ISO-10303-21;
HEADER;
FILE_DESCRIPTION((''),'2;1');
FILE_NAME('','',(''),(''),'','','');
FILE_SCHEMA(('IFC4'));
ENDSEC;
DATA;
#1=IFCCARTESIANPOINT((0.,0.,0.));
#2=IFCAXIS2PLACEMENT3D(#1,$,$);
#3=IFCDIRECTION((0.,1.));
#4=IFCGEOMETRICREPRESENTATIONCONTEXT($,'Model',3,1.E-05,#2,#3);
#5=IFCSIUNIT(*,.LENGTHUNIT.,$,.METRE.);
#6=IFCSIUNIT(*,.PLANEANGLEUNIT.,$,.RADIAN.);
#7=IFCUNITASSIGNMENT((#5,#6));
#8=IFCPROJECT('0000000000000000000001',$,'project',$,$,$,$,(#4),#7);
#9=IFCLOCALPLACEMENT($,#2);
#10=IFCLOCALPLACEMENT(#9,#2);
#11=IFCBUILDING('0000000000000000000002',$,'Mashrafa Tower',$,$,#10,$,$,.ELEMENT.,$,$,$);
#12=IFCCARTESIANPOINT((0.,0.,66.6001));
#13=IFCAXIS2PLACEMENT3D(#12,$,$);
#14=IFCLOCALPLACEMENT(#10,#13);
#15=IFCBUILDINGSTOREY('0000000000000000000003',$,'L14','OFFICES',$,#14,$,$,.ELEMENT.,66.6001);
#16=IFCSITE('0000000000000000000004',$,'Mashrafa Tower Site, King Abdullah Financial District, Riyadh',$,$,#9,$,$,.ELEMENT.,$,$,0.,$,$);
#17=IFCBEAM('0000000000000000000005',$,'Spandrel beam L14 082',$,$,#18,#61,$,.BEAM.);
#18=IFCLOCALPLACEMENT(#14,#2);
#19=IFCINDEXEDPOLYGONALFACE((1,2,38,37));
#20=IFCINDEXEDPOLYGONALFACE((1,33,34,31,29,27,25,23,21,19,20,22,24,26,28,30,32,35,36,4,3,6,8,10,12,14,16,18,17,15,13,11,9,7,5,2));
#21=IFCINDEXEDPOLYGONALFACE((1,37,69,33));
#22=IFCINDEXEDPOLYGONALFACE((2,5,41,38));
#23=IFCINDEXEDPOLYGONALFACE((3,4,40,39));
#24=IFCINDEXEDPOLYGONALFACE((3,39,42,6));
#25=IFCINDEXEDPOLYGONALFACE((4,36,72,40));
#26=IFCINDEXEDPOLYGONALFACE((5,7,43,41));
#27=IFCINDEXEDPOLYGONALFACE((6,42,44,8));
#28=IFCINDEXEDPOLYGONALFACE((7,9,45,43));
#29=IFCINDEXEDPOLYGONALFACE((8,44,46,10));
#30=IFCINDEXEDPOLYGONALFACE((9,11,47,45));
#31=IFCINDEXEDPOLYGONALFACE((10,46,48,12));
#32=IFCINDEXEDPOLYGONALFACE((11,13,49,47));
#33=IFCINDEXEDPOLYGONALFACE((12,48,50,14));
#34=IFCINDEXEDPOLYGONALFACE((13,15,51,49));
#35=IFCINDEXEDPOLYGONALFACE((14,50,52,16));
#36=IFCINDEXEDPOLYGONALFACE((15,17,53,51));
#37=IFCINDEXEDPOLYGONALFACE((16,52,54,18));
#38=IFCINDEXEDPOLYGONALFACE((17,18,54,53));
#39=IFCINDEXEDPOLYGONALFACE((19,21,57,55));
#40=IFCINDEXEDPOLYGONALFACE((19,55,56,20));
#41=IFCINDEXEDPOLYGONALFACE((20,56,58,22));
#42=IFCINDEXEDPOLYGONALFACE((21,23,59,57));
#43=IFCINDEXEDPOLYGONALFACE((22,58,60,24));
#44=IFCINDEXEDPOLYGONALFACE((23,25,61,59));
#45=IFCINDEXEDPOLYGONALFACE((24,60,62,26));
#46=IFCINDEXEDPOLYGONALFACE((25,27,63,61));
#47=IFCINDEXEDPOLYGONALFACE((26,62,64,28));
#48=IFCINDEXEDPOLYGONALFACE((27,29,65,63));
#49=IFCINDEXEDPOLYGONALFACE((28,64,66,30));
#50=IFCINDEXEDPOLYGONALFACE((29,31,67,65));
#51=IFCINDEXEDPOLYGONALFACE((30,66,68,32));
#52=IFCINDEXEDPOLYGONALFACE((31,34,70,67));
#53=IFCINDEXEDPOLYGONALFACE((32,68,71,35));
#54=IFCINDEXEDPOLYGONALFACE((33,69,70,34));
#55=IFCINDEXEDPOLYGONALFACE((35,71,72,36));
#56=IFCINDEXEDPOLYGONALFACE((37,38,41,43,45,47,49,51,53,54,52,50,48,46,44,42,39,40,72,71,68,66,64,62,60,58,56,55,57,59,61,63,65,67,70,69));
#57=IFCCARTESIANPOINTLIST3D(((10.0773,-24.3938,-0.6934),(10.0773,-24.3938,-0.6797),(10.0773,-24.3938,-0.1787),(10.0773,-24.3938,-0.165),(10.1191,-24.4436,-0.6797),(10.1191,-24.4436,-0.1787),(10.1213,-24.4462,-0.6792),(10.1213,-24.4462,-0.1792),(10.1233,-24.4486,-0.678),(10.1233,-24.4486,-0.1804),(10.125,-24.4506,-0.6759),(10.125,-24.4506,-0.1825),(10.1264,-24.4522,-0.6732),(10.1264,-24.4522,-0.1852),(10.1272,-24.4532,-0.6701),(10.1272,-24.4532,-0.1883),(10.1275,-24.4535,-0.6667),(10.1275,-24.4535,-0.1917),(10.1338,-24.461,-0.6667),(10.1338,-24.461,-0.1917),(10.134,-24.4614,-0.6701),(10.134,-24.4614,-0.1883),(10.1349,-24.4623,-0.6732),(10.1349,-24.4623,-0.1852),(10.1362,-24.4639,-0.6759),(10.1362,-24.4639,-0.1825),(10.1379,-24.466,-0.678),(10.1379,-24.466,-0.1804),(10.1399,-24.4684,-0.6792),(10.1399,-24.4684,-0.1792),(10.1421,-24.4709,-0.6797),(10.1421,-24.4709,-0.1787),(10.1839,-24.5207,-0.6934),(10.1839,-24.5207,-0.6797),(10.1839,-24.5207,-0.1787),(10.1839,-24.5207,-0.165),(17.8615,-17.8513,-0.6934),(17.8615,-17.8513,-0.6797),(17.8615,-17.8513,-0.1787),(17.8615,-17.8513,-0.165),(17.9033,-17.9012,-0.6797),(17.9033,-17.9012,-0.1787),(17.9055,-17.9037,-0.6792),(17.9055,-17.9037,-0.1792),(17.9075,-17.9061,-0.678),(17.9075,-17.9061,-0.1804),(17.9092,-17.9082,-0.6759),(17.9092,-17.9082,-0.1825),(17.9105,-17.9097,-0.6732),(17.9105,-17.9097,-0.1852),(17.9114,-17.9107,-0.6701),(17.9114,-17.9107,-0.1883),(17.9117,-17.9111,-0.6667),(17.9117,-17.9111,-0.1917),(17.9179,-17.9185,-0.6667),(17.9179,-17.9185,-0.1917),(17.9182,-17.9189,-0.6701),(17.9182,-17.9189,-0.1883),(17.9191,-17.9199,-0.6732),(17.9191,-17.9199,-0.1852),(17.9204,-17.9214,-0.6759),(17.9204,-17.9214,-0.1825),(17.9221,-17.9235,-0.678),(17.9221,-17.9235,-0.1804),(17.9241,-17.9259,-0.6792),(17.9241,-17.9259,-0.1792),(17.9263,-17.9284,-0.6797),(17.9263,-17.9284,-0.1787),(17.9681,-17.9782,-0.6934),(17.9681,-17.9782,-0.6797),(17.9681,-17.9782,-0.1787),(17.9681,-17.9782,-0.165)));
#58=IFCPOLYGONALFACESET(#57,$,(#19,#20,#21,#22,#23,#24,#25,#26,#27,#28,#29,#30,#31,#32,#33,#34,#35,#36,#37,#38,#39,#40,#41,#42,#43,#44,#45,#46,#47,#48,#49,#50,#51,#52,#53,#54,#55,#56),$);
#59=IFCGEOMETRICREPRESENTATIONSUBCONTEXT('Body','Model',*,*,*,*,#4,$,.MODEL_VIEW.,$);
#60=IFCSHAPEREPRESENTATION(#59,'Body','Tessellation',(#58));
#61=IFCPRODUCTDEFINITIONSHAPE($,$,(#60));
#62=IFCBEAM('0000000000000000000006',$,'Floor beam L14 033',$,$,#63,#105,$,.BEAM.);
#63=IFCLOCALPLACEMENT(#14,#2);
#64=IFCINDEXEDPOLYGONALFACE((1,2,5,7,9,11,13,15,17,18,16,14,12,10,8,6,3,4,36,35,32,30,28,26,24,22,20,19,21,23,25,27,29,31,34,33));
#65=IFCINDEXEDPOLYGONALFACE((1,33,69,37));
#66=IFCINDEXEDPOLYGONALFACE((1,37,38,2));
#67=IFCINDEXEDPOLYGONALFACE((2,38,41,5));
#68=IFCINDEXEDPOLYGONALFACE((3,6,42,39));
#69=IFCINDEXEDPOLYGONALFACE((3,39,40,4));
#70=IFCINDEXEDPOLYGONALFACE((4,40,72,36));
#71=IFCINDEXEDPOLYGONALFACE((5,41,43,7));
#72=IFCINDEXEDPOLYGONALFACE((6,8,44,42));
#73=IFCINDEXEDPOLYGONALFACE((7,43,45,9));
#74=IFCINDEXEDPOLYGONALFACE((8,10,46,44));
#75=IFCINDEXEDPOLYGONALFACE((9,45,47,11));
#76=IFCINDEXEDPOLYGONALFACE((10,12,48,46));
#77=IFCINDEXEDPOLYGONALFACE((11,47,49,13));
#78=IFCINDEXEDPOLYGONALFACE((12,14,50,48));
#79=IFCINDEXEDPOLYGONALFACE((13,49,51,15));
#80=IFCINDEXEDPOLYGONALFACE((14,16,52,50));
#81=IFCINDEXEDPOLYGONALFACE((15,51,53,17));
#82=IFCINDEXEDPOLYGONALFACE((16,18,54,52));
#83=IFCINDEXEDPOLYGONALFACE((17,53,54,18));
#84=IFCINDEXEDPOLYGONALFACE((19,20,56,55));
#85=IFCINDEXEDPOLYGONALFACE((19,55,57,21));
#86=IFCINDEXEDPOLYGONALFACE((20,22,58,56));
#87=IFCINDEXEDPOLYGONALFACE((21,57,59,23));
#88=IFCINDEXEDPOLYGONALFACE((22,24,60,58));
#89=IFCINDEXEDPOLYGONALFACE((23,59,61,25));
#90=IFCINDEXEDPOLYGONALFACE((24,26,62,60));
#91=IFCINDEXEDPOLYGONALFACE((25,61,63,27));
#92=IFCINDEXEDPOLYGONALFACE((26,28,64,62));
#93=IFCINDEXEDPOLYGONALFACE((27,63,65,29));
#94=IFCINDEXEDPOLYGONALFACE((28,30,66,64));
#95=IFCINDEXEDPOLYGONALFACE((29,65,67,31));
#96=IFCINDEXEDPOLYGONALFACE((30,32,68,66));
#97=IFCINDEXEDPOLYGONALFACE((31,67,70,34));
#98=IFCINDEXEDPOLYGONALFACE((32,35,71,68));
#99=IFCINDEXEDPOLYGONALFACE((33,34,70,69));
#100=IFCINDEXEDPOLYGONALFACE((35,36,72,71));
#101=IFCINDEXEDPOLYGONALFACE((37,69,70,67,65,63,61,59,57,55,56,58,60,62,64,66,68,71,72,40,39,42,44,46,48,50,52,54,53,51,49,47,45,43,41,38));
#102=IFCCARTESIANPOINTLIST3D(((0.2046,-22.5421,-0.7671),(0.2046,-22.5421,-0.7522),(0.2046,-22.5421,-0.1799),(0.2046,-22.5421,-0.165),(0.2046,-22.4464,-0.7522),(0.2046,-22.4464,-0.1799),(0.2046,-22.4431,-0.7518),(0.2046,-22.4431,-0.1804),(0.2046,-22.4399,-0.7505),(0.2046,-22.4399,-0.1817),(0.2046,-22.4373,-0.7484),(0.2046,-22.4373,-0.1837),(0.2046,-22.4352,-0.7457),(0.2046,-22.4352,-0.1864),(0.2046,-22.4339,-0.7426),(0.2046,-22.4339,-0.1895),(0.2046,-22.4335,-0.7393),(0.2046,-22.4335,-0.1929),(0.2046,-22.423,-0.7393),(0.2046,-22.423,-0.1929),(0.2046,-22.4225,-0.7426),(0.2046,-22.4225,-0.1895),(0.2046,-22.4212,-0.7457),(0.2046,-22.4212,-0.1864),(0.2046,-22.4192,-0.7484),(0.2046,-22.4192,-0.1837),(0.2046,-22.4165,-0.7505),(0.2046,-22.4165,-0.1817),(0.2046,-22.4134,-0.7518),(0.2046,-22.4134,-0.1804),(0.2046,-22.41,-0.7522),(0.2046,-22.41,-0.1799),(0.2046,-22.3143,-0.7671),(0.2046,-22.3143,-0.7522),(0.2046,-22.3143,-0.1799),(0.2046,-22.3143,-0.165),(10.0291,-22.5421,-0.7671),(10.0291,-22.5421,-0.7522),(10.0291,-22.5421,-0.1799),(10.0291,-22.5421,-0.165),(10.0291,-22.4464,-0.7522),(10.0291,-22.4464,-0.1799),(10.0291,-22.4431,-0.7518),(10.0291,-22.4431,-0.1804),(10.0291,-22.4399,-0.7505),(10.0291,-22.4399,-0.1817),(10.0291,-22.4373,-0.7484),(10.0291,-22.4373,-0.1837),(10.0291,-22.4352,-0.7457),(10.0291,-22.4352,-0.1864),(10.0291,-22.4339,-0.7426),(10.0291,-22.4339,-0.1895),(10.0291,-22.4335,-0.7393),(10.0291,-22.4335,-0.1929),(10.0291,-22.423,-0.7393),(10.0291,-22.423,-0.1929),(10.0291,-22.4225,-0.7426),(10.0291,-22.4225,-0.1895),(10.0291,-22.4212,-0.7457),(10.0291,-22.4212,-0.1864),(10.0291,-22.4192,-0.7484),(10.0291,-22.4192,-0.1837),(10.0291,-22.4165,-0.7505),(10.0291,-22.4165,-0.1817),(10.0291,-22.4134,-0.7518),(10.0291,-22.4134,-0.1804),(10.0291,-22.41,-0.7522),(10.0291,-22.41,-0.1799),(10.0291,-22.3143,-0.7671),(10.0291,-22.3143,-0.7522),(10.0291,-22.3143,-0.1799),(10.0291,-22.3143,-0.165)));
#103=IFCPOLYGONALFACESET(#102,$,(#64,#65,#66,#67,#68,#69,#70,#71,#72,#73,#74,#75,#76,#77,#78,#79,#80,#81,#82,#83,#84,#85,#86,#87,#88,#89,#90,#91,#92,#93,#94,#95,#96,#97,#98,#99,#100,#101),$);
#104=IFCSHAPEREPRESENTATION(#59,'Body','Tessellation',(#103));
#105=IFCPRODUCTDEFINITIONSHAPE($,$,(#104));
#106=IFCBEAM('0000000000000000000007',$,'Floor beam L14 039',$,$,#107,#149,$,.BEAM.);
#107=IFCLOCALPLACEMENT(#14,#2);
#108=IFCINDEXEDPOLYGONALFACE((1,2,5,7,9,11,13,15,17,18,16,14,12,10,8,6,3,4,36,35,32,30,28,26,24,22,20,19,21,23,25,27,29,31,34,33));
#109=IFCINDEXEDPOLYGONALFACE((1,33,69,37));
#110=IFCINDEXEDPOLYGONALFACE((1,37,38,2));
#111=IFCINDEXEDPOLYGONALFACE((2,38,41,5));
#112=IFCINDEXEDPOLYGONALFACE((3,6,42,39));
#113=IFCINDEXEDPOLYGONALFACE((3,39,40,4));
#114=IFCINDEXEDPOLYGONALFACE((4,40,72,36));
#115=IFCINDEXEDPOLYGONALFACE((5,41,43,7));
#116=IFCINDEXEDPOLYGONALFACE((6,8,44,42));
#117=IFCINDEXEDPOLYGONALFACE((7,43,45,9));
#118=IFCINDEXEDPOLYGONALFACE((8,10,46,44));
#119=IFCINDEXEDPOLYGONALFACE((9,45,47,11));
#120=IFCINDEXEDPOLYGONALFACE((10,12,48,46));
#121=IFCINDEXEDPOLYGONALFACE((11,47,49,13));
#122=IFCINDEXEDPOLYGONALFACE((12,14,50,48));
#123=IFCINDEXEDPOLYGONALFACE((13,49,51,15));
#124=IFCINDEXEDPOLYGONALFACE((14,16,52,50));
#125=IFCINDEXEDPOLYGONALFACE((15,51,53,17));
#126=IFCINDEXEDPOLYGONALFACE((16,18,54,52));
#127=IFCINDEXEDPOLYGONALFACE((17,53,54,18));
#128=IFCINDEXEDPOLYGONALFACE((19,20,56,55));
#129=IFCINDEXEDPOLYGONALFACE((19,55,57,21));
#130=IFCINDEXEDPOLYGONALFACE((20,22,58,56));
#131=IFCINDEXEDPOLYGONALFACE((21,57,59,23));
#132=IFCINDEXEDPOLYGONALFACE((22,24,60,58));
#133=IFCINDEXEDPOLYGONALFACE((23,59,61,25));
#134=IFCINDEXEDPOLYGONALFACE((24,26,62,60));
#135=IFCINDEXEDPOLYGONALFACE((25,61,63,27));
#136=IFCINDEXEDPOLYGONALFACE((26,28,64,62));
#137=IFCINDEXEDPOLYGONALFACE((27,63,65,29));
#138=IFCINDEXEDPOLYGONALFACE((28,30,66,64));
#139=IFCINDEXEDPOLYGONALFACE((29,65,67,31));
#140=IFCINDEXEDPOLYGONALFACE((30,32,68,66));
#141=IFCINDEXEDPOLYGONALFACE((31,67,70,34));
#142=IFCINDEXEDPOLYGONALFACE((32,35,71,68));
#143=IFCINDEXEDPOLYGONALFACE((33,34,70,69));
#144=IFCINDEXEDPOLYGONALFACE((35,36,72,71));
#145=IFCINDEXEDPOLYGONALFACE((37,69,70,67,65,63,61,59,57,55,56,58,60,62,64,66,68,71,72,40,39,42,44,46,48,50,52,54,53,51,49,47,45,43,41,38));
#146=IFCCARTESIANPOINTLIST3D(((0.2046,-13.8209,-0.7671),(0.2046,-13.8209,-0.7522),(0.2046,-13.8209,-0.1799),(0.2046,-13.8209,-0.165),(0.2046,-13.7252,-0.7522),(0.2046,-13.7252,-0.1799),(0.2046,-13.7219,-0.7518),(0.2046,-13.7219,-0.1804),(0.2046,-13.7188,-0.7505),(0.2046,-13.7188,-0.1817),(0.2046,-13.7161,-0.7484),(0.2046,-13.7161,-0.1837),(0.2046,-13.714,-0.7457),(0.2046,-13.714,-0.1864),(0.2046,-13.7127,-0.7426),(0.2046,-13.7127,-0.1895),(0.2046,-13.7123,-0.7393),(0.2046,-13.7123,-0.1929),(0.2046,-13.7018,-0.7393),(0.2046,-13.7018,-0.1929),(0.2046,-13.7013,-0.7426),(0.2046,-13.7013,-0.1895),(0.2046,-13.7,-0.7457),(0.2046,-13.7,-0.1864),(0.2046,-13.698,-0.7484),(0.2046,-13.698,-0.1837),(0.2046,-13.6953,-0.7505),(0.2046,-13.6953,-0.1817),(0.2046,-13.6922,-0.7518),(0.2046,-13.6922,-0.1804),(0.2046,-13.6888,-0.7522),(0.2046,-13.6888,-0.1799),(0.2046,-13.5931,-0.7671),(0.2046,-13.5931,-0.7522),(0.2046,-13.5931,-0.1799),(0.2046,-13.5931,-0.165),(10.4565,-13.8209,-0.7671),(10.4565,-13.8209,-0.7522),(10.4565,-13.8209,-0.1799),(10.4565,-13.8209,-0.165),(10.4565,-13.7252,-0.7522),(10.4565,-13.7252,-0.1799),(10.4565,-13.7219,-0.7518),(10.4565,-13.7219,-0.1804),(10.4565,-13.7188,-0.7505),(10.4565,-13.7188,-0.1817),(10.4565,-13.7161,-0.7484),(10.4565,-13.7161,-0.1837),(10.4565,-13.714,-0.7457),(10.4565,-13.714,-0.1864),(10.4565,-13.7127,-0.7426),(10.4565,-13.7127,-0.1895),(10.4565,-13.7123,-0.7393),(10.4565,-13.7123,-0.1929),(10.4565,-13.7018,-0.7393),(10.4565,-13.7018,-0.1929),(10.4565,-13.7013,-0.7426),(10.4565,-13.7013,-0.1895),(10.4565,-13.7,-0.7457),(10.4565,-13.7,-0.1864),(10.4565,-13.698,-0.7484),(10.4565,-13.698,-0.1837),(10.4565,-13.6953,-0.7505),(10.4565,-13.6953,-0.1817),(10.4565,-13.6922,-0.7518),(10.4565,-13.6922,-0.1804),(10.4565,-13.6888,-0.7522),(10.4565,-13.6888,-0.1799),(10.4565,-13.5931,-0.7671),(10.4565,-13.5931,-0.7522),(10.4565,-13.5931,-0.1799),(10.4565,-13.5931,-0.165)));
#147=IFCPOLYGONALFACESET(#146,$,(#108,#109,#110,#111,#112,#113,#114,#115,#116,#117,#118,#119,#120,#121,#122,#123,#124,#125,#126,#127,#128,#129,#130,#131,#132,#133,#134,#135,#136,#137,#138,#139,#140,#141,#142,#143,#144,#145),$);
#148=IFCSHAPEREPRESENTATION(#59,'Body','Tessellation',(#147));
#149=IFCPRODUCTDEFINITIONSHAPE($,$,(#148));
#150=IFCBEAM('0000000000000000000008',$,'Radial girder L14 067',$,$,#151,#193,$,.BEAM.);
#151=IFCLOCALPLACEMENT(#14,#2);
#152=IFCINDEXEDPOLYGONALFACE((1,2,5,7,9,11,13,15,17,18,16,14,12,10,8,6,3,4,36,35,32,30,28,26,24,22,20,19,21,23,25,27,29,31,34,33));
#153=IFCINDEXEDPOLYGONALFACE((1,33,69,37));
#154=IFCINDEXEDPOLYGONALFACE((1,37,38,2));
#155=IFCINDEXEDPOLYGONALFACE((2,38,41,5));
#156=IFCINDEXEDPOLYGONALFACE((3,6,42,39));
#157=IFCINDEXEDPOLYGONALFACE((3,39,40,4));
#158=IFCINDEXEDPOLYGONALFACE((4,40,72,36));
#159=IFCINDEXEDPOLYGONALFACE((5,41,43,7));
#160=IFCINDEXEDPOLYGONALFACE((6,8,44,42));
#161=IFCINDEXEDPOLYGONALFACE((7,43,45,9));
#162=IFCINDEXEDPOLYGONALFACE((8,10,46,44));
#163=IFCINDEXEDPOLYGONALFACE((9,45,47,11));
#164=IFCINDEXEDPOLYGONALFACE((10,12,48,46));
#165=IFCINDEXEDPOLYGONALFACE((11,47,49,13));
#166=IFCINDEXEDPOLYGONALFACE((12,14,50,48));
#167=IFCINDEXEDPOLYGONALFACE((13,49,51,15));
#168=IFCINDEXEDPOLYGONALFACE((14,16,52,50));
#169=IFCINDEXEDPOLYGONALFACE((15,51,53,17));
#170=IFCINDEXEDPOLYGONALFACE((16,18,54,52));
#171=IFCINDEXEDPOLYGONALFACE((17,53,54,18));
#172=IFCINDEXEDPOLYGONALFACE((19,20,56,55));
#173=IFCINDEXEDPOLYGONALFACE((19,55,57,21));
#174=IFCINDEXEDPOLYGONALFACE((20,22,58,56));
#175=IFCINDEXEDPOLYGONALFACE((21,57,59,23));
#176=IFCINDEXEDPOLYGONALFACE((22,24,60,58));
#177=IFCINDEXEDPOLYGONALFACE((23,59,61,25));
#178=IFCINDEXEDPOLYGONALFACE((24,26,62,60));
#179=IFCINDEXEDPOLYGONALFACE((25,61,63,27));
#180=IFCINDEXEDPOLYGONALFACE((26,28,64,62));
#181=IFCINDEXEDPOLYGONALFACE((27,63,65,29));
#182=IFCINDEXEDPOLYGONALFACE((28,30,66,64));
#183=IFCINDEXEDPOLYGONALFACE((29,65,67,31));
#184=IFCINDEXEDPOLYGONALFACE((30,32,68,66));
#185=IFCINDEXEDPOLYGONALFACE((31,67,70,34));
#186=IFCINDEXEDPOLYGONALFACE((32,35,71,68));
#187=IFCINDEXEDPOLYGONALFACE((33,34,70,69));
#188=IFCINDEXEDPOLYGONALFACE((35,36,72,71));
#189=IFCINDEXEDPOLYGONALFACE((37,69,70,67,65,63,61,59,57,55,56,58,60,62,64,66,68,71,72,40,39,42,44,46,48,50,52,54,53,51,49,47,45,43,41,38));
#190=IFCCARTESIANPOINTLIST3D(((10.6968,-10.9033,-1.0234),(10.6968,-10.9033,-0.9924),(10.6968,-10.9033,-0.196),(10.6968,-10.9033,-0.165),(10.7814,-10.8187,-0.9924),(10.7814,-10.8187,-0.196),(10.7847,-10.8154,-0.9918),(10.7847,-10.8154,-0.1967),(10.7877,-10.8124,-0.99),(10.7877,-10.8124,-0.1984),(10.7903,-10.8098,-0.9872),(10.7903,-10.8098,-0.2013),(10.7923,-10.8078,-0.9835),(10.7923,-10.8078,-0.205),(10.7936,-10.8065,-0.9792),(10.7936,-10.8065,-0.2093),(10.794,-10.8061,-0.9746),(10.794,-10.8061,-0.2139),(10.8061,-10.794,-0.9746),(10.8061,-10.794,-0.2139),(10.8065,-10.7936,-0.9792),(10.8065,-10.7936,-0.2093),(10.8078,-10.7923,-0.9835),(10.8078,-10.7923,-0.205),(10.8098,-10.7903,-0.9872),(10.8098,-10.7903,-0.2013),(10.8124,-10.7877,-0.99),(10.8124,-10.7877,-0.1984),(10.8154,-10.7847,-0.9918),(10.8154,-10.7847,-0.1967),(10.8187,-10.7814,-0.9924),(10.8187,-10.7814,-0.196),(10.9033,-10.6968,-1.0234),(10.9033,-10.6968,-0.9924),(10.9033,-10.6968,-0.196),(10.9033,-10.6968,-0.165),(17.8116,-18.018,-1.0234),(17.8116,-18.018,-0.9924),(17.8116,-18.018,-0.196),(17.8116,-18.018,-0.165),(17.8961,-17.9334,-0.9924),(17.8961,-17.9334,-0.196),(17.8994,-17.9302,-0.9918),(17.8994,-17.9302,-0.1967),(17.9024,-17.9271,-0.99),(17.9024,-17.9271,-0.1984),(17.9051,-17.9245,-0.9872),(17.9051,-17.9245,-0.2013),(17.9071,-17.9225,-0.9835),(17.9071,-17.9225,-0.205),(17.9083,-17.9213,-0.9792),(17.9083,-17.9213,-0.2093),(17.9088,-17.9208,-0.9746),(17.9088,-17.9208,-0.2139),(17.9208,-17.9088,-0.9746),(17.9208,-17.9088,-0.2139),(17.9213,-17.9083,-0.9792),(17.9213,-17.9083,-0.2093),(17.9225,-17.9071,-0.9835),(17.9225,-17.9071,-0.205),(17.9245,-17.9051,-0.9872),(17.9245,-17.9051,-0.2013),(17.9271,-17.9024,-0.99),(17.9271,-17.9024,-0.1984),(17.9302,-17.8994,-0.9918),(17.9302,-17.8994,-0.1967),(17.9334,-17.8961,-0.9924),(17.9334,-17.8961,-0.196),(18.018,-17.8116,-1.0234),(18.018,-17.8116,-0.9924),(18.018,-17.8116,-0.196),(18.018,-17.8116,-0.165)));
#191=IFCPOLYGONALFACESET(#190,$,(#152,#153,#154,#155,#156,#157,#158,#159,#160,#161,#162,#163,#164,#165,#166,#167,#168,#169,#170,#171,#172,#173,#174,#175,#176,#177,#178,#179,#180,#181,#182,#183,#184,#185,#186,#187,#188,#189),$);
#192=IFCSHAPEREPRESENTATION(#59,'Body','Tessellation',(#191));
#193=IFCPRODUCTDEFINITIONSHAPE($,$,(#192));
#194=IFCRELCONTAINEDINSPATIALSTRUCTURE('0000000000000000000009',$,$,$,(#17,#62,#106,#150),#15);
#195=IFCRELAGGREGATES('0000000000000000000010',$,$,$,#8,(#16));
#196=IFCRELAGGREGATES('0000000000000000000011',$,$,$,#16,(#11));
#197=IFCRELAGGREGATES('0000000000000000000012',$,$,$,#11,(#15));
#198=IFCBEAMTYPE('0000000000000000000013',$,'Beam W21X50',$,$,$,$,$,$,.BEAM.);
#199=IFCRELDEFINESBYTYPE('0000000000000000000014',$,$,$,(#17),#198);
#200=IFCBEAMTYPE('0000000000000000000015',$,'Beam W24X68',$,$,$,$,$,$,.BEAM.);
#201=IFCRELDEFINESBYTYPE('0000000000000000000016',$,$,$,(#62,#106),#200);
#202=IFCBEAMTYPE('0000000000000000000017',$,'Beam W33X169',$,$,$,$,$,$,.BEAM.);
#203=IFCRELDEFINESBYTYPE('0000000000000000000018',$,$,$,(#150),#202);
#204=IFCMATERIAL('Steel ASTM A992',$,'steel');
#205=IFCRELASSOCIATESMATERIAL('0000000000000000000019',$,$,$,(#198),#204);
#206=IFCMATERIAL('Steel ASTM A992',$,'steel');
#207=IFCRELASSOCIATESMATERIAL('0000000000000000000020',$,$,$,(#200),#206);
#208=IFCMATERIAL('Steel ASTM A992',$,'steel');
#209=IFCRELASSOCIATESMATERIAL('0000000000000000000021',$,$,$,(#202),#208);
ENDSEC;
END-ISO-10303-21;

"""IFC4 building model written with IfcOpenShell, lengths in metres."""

from ifc_helpers import new_model, si_unit, direction, frame, origin, origin_2d, place, context, subcontext, project, spatial, i_section, extrude, material, material_profile, profile_set, type_object, element, save


model = new_model("IFC4")

# Units and contexts
model_context = context("Model", 3, precision=1e-05, world=origin(), true_north=direction((0.0, 1.0)))
body_context = subcontext(model_context, "Body", "Model", "MODEL_VIEW")
ifc_project = project(units=[si_unit("LENGTHUNIT", "METRE"), si_unit("PLANEANGLEUNIT", "RADIAN")], contexts=[model_context])

# Site, building, storey
site_placement = place(None, origin())
site = spatial("IfcSite", under=ifc_project, at=site_placement, Name="Mashrafa Tower Site, King Abdullah Financial District, Riyadh", CompositionType="ELEMENT", RefElevation=0.0)
building_placement = place(site_placement, origin())
building = spatial("IfcBuilding", under=site, at=building_placement, Name="Mashrafa Tower", CompositionType="ELEMENT")
storey_placement = place(building_placement, frame((0.0, 0.0, 66.6001)))
storey = spatial("IfcBuildingStorey", under=building, at=storey_placement, Name="L14", Description="OFFICES", CompositionType="ELEMENT", Elevation=66.6001)

# Beams
ifc_material_1 = material(Name="Steel ASTM A992", Category="steel")
ifc_material_profile_1 = material_profile(ifc_material_1, i_section(OverallWidth=0.1658, OverallDepth=0.5283, WebThickness=0.0098, FlangeThickness=0.0137, FilletRadius=0.0129, at=origin_2d()), Name="W21X50")
ifc_profile_set_1 = profile_set([ifc_material_profile_1], Name="Steel ASTM A992")
beam_type_1 = type_object("IfcBeamType", Name="Beam W21X50", PredefinedType="BEAM", material=ifc_profile_set_1)
beam_1_placement = place(storey_placement, frame((10.1306, -24.4573, -0.4292), z_axis=(0.765522, 0.643409, 0.0), x_axis=(-0.643409, 0.765522, 0.0)))
element("IfcBeam", 1, at=beam_1_placement, inside=storey, type_object=beam_type_1, Name="Spandrel beam L14 082", PredefinedType="BEAM", context=body_context, shape_type="SweptSolid", body=[
    extrude(i_section(OverallWidth=0.1658, OverallDepth=0.5283, WebThickness=0.0098, FlangeThickness=0.0137, FilletRadius=0.0129, at=origin_2d()), origin(), (0.0, 0.0, 1.0), 10.1685),
])
ifc_material_2 = material(Name="Steel ASTM A992", Category="steel")
ifc_material_profile_2 = material_profile(ifc_material_2, i_section(OverallWidth=0.2278, OverallDepth=0.6021, WebThickness=0.0105, FlangeThickness=0.0149, FilletRadius=0.0129, at=origin_2d()), Name="W24X68")
ifc_profile_set_2 = profile_set([ifc_material_profile_2], Name="Steel ASTM A992")
beam_type_2 = type_object("IfcBeamType", Name="Beam W24X68", PredefinedType="BEAM", material=ifc_profile_set_2)
beam_2_placement = place(storey_placement, frame((10.0291, -22.4282, -0.4661), z_axis=(-1.0, 0.0, 0.0), x_axis=(0.0, -1.0, 0.0)))
element("IfcBeam", 2, at=beam_2_placement, inside=storey, type_object=beam_type_2, Name="Floor beam L14 033", PredefinedType="BEAM", context=body_context, shape_type="SweptSolid", body=[
    extrude(i_section(OverallWidth=0.2278, OverallDepth=0.6021, WebThickness=0.0105, FlangeThickness=0.0149, FilletRadius=0.0129, at=origin_2d()), origin(), (0.0, 0.0, 1.0), 9.8245),
])
beam_3_placement = place(storey_placement, frame((10.4565, -13.707, -0.4661), z_axis=(-1.0, 0.0, 0.0), x_axis=(0.0, -1.0, 0.0)))
element("IfcBeam", 3, at=beam_3_placement, inside=storey, type_object=beam_type_2, Name="Floor beam L14 039", PredefinedType="BEAM", context=body_context, shape_type="SweptSolid", body=[
    extrude(i_section(OverallWidth=0.2278, OverallDepth=0.6021, WebThickness=0.0105, FlangeThickness=0.0149, FilletRadius=0.0129, at=origin_2d()), origin(), (0.0, 0.0, 1.0), 10.252),
])
ifc_material_3 = material(Name="Steel ASTM A992", Category="steel")
ifc_material_profile_3 = material_profile(ifc_material_3, i_section(OverallWidth=0.292, OverallDepth=0.8584, WebThickness=0.0171, FlangeThickness=0.031, FilletRadius=0.0178, at=origin_2d()), Name="W33X169")
ifc_profile_set_3 = profile_set([ifc_material_profile_3], Name="Steel ASTM A992")
beam_type_3 = type_object("IfcBeamType", Name="Beam W33X169", PredefinedType="BEAM", material=ifc_profile_set_3)
beam_4_placement = place(storey_placement, frame((10.8, -10.8, -0.5942), z_axis=(0.707107, -0.707107, 0.0), x_axis=(0.707107, 0.707107, 0.0)))
element("IfcBeam", 4, at=beam_4_placement, inside=storey, type_object=beam_type_3, Name="Radial girder L14 067", PredefinedType="BEAM", context=body_context, shape_type="SweptSolid", body=[
    extrude(i_section(OverallWidth=0.292, OverallDepth=0.8584, WebThickness=0.0171, FlangeThickness=0.031, FilletRadius=0.0178, at=origin_2d()), origin(), (0.0, 0.0, 1.0), 10.0618),
])

save(model, "model.ifc")
